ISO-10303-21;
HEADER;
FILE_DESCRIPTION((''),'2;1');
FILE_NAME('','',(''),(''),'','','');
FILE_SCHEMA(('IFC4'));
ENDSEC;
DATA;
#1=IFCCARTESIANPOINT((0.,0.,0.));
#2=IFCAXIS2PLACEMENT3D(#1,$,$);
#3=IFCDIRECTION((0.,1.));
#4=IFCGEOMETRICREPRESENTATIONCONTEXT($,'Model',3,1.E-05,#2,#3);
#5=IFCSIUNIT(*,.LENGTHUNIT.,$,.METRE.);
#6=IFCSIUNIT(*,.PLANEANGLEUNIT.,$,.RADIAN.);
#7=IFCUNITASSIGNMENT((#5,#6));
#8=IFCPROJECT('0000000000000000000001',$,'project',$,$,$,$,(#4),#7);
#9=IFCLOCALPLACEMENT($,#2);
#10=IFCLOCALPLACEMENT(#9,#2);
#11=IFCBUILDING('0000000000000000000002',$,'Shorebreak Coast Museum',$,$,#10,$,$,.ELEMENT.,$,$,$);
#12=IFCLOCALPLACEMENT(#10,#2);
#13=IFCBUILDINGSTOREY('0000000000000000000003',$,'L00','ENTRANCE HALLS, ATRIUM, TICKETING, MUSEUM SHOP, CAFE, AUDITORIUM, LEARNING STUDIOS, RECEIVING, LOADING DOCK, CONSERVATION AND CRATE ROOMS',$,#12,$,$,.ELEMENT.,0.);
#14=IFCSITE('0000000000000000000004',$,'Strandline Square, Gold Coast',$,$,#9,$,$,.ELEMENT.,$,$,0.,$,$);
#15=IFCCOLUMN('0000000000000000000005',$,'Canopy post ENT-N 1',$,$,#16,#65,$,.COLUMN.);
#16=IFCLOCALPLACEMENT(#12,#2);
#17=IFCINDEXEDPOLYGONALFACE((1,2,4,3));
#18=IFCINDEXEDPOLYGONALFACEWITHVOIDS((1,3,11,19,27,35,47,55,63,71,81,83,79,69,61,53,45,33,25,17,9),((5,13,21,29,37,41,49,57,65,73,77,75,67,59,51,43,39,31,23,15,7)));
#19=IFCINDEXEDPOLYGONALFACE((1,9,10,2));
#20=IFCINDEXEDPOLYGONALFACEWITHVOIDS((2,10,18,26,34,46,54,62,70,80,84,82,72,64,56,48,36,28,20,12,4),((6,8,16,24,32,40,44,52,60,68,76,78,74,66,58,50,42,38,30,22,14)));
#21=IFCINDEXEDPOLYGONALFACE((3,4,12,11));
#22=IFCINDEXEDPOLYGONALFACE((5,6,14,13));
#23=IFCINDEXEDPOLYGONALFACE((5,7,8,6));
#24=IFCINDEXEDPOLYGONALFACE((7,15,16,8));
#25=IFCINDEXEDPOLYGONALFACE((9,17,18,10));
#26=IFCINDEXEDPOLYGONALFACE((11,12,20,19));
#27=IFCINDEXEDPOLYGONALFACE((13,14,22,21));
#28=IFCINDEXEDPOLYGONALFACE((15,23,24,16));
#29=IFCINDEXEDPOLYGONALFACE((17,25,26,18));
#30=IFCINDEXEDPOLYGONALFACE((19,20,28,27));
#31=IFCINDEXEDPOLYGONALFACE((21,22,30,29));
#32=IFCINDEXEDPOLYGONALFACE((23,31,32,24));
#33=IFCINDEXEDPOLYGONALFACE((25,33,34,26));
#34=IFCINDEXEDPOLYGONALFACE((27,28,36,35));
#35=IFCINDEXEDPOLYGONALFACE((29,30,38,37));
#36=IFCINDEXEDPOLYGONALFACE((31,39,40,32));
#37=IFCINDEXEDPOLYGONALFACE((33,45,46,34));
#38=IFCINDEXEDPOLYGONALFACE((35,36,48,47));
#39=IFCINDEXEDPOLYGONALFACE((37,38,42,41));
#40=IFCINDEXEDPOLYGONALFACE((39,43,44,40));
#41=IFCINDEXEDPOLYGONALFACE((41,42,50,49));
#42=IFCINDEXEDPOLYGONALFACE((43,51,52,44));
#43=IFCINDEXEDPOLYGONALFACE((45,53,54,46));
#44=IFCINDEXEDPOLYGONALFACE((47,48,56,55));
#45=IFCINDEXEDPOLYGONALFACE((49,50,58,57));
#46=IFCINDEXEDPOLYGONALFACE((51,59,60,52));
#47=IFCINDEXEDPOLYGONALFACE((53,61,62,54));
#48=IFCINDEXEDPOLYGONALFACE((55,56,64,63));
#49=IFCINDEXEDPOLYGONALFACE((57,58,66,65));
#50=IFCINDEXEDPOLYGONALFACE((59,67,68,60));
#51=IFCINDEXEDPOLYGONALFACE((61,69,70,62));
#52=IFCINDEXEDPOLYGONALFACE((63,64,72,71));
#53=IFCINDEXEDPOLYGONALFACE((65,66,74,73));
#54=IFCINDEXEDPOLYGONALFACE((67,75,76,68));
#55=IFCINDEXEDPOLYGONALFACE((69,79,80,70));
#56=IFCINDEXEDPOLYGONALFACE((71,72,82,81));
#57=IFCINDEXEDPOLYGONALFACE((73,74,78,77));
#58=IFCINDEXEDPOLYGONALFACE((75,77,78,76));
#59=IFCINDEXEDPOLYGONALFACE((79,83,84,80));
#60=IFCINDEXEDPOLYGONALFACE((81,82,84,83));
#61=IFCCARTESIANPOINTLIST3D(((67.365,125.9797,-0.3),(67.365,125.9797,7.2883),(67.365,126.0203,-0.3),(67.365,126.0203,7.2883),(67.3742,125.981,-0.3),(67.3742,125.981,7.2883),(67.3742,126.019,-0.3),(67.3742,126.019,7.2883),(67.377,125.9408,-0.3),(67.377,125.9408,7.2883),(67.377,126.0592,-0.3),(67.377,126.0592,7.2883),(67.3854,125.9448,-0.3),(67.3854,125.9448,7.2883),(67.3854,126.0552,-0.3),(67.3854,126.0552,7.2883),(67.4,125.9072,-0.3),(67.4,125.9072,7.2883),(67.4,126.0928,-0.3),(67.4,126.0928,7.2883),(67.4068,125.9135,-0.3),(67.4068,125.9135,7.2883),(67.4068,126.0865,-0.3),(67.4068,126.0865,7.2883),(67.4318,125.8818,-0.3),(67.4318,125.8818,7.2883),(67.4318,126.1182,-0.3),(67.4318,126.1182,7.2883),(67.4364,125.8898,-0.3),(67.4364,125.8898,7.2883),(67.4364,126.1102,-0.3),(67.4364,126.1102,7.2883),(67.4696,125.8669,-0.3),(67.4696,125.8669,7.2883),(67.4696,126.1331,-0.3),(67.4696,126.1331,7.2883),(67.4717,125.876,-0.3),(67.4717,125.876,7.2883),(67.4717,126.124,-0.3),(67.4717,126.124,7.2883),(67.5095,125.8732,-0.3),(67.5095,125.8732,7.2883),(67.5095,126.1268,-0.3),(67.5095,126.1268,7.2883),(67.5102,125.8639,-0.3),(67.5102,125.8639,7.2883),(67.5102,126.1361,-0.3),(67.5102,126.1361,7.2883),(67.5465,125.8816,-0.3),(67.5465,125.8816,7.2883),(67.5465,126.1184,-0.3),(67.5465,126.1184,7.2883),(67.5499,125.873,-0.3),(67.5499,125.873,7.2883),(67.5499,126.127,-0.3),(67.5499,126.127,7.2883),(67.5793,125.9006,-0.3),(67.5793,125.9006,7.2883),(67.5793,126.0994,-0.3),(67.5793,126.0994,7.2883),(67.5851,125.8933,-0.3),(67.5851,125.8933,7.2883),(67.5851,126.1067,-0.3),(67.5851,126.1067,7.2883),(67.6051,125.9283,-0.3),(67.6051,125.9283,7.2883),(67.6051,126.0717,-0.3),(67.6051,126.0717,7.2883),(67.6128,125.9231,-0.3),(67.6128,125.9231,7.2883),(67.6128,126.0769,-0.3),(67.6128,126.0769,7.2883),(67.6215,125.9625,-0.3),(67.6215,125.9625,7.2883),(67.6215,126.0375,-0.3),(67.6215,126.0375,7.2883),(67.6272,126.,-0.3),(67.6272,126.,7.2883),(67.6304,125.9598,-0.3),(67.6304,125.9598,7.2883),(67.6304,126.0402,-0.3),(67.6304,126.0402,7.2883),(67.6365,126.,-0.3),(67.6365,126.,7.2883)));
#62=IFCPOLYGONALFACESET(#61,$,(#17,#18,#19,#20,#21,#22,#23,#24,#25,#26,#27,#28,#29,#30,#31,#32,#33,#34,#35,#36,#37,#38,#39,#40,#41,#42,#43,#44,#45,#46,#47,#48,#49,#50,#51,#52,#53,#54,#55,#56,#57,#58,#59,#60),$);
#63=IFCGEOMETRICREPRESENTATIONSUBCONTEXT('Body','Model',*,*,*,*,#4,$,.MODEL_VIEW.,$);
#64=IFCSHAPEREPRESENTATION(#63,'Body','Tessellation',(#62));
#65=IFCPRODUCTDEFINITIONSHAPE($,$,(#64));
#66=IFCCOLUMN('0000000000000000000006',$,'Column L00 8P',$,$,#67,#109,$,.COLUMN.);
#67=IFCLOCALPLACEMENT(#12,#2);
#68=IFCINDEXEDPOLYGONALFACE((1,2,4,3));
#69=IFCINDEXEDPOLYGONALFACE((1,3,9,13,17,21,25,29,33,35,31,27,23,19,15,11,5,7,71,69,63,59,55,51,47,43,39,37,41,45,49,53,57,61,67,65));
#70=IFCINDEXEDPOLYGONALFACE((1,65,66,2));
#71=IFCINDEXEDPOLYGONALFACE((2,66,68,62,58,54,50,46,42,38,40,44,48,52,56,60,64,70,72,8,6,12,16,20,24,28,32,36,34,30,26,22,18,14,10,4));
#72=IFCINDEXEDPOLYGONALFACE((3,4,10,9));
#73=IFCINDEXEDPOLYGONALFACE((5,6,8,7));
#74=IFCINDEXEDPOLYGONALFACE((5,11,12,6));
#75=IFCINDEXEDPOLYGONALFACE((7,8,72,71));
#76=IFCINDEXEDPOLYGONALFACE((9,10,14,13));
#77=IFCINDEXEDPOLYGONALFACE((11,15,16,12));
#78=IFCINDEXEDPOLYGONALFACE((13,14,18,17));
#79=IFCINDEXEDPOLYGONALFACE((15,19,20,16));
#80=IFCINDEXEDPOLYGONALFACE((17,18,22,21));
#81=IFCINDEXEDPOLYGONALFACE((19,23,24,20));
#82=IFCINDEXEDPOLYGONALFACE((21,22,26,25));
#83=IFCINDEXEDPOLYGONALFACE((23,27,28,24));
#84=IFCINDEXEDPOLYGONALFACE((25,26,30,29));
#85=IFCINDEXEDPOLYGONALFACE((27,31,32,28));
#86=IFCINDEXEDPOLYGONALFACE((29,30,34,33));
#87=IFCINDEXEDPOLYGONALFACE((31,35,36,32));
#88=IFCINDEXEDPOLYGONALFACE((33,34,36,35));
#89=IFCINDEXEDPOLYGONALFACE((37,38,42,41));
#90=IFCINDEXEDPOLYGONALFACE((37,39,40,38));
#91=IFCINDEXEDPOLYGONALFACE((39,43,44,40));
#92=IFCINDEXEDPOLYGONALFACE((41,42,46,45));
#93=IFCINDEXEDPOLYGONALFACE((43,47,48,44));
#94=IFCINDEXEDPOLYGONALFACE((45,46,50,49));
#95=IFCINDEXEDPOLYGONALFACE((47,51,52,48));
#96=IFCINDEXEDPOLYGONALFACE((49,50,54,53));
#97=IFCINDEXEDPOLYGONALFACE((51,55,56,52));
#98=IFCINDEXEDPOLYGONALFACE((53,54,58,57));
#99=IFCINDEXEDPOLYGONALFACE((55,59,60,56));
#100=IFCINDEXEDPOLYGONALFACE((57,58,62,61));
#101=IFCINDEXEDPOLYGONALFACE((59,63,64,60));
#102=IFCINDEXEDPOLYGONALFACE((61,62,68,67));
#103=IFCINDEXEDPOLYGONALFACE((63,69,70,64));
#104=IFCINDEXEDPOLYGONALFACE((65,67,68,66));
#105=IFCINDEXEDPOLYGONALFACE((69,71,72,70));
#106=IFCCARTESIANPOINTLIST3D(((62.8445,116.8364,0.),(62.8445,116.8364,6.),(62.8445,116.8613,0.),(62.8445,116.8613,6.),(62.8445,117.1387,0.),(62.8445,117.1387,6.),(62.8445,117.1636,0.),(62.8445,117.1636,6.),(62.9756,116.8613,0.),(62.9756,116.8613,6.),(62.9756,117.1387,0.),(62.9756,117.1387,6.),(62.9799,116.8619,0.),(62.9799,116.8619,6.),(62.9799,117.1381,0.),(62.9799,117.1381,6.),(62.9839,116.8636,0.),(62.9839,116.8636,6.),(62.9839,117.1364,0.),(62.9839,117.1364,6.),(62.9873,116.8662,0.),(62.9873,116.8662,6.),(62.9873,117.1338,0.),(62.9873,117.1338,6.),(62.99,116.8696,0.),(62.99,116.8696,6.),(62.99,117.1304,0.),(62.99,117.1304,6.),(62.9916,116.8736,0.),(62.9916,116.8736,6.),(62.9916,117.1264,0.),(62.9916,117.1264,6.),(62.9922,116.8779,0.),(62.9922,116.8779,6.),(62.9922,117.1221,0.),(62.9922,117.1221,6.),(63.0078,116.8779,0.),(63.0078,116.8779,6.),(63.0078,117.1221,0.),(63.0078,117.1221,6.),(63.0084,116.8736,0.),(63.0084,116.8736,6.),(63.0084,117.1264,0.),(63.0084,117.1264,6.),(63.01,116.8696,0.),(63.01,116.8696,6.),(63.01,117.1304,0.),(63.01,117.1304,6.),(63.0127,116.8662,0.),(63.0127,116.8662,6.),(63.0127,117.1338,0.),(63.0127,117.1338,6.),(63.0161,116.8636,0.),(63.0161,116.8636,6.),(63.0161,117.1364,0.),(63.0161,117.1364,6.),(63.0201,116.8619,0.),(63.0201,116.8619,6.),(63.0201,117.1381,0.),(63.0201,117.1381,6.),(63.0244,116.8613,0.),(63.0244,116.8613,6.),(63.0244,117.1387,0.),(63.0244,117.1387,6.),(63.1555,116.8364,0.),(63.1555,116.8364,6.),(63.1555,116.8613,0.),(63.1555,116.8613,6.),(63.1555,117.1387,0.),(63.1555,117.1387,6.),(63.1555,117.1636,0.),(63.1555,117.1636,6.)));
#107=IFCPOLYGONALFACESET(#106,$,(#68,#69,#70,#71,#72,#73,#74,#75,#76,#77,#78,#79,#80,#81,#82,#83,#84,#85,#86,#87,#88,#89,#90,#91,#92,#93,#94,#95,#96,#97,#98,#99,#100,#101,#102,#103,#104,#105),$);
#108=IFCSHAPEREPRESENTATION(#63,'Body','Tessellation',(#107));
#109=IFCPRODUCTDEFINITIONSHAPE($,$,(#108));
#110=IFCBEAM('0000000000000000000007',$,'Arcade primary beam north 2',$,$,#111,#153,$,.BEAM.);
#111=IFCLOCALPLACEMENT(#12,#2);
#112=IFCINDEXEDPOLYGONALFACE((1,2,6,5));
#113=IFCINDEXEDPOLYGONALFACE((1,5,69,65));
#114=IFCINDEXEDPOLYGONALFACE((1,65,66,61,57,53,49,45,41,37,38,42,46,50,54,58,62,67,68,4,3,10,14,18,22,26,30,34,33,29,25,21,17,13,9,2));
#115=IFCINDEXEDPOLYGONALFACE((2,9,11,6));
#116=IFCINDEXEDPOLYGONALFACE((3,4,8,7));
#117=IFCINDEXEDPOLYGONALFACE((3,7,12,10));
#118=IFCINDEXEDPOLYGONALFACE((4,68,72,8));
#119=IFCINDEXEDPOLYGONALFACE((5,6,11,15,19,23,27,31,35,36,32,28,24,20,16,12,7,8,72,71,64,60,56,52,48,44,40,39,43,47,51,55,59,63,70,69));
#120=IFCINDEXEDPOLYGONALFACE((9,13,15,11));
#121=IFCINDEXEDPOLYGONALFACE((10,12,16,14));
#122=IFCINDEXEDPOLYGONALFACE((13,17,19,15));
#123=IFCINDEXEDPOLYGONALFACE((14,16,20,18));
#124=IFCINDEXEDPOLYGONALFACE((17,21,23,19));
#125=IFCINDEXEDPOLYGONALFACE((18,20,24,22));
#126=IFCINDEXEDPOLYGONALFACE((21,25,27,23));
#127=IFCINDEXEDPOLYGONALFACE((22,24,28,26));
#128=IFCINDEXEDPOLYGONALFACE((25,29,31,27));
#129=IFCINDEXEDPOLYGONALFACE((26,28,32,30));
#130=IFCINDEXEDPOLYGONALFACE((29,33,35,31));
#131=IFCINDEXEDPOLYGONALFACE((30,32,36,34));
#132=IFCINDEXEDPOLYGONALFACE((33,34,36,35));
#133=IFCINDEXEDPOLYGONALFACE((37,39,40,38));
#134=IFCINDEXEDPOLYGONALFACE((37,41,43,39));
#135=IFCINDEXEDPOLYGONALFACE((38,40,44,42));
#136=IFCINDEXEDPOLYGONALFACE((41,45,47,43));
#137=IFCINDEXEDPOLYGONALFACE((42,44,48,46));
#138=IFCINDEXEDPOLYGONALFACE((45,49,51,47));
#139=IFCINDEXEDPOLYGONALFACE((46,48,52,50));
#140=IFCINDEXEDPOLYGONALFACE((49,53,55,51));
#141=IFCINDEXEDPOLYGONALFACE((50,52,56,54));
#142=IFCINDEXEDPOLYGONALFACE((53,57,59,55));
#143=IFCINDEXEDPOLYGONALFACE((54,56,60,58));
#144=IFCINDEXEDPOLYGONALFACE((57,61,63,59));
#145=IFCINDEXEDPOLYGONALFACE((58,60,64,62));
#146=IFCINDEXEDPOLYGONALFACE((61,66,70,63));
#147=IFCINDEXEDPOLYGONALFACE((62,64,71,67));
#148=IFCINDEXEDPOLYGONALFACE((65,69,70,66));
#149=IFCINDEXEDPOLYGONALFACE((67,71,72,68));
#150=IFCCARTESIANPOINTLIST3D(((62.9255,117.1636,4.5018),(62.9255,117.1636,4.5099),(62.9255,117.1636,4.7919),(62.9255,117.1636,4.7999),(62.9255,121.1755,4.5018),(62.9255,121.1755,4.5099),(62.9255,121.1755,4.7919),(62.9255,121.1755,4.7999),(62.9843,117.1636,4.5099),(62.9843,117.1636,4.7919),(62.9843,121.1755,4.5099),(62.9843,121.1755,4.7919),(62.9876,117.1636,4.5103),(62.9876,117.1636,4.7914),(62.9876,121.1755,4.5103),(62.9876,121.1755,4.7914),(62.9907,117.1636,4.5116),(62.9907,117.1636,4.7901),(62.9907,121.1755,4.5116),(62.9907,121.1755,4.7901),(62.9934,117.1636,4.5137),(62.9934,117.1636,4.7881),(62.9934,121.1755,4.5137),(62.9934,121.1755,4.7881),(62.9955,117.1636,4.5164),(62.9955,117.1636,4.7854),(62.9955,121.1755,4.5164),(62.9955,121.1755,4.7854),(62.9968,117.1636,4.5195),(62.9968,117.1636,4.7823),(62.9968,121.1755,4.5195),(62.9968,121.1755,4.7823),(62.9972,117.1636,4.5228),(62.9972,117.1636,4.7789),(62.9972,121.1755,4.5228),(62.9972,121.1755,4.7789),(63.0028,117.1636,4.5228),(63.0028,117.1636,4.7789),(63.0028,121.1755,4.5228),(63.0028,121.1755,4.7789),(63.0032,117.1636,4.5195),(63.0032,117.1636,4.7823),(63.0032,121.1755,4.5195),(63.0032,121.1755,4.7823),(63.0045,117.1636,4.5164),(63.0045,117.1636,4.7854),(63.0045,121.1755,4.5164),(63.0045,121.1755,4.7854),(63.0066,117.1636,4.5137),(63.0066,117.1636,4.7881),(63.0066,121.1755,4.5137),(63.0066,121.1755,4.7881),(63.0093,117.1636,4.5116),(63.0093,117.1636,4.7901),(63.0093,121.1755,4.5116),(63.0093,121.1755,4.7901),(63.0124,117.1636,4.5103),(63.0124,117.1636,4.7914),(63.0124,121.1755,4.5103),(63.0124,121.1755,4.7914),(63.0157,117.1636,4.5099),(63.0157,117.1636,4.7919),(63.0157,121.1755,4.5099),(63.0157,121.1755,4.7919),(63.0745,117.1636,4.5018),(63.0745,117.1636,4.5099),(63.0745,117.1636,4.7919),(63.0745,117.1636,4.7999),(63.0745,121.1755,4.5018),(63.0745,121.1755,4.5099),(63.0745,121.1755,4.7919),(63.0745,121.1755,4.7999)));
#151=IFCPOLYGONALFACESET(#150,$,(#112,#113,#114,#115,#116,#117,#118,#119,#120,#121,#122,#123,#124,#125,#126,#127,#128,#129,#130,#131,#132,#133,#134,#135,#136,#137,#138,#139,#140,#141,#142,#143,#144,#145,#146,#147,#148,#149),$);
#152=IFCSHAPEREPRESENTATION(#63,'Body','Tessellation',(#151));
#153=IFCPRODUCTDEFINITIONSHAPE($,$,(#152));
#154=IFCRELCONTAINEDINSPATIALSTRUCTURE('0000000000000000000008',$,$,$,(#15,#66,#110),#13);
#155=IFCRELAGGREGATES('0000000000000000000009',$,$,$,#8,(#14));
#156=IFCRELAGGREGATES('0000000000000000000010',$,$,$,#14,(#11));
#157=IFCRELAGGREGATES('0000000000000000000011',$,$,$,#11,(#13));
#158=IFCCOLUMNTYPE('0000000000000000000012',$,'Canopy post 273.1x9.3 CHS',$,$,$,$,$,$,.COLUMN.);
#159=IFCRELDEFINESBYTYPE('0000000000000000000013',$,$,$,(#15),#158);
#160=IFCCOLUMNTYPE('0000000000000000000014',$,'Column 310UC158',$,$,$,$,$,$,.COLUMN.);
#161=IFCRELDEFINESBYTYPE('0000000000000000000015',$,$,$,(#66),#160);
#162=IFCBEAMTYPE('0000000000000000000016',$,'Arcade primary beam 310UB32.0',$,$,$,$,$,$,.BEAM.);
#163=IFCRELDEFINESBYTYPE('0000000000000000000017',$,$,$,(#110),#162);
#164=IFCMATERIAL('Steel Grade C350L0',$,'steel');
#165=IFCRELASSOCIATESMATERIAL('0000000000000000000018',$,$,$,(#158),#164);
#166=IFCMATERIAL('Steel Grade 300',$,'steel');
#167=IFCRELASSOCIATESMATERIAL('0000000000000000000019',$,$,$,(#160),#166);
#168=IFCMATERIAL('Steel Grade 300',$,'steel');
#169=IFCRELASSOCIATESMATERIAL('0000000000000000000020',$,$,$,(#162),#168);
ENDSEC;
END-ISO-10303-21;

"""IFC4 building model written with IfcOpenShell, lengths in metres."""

from ifc_helpers import new_model, si_unit, direction, frame, origin, origin_2d, place, context, subcontext, project, spatial, hollow_circle, i_section, extrude, material, material_profile, profile_set, type_object, element, save


model = new_model("IFC4")

# Units and contexts
model_context = context("Model", 3, precision=1e-05, world=origin(), true_north=direction((0.0, 1.0)))
body_context = subcontext(model_context, "Body", "Model", "MODEL_VIEW")
ifc_project = project(units=[si_unit("LENGTHUNIT", "METRE"), si_unit("PLANEANGLEUNIT", "RADIAN")], contexts=[model_context])

# Site, building, storey
site_placement = place(None, origin())
site = spatial("IfcSite", under=ifc_project, at=site_placement, Name="Strandline Square, Gold Coast", CompositionType="ELEMENT", RefElevation=0.0)
building_placement = place(site_placement, origin())
building = spatial("IfcBuilding", under=site, at=building_placement, Name="Shorebreak Coast Museum", CompositionType="ELEMENT")
storey_placement = place(building_placement, origin())
storey = spatial("IfcBuildingStorey", under=building, at=storey_placement, Name="L00", Description="ENTRANCE HALLS, ATRIUM, TICKETING, MUSEUM SHOP, CAFE, AUDITORIUM, LEARNING STUDIOS, RECEIVING, LOADING DOCK, CONSERVATION AND CRATE ROOMS", CompositionType="ELEMENT", Elevation=0.0)

# Columns
ifc_material_1 = material(Name="Steel Grade C350L0", Category="steel")
ifc_material_profile_1 = material_profile(ifc_material_1, hollow_circle(Radius=0.1365, WallThickness=0.0093, at=origin_2d()), Name="273.1x9.3 CHS")
ifc_profile_set_1 = profile_set([ifc_material_profile_1], Name="Steel Grade C350L0")
column_type_1 = type_object("IfcColumnType", Name="Canopy post 273.1x9.3 CHS", PredefinedType="COLUMN", material=ifc_profile_set_1)
column_1_placement = place(storey_placement, frame((67.5, 126.0, -0.3), z_axis=(0.0, 0.0, 1.0), x_axis=(1.0, 0.0, 0.0)))
element("IfcColumn", 1, at=column_1_placement, inside=storey, type_object=column_type_1, Name="Canopy post ENT-N 1", PredefinedType="COLUMN", context=body_context, shape_type="SweptSolid", body=[
    extrude(hollow_circle(Radius=0.1365, WallThickness=0.0093, at=origin_2d()), origin(), (0.0, 0.0, 1.0), 7.5884),
])
ifc_material_2 = material(Name="Steel Grade 300", Category="steel")
ifc_material_profile_2 = material_profile(ifc_material_2, i_section(OverallWidth=0.311, OverallDepth=0.3271, WebThickness=0.0156, FlangeThickness=0.0249, FilletRadius=0.0166, at=origin_2d()), Name="310UC158")
ifc_profile_set_2 = profile_set([ifc_material_profile_2], Name="Steel Grade 300")
column_type_2 = type_object("IfcColumnType", Name="Column 310UC158", PredefinedType="COLUMN", material=ifc_profile_set_2)
column_2_placement = place(storey_placement, frame((63.0, 117.0, 0.0), z_axis=(0.0, 0.0, 1.0), x_axis=(1.0, 0.0, 0.0)))
element("IfcColumn", 2, at=column_2_placement, inside=storey, type_object=column_type_2, Name="Column L00 8P", PredefinedType="COLUMN", context=body_context, shape_type="SweptSolid", body=[
    extrude(i_section(OverallWidth=0.311, OverallDepth=0.3271, WebThickness=0.0156, FlangeThickness=0.0249, FilletRadius=0.0166, at=origin_2d()), origin(), (0.0, 0.0, 1.0), 6.0),
])

# Beam
ifc_material_3 = material(Name="Steel Grade 300", Category="steel")
ifc_material_profile_3 = material_profile(ifc_material_3, i_section(OverallWidth=0.1489, OverallDepth=0.2981, WebThickness=0.0056, FlangeThickness=0.0081, FilletRadius=0.0129, at=origin_2d()), Name="310UB32.0")
ifc_profile_set_3 = profile_set([ifc_material_profile_3], Name="Steel Grade 300")
beam_type_1 = type_object("IfcBeamType", Name="Arcade primary beam 310UB32.0", PredefinedType="BEAM", material=ifc_profile_set_3)
beam_1_placement = place(storey_placement, frame((63.0, 117.1636, 4.6509), z_axis=(0.0, 1.0, 0.0), x_axis=(-1.0, 0.0, 0.0)))
element("IfcBeam", 3, at=beam_1_placement, inside=storey, type_object=beam_type_1, Name="Arcade primary beam north 2", PredefinedType="BEAM", context=body_context, shape_type="SweptSolid", body=[
    extrude(i_section(OverallWidth=0.1489, OverallDepth=0.2981, WebThickness=0.0056, FlangeThickness=0.0081, FilletRadius=0.0129, at=origin_2d()), origin(), (0.0, 0.0, 1.0), 4.012),
])

save(model, "model.ifc")
